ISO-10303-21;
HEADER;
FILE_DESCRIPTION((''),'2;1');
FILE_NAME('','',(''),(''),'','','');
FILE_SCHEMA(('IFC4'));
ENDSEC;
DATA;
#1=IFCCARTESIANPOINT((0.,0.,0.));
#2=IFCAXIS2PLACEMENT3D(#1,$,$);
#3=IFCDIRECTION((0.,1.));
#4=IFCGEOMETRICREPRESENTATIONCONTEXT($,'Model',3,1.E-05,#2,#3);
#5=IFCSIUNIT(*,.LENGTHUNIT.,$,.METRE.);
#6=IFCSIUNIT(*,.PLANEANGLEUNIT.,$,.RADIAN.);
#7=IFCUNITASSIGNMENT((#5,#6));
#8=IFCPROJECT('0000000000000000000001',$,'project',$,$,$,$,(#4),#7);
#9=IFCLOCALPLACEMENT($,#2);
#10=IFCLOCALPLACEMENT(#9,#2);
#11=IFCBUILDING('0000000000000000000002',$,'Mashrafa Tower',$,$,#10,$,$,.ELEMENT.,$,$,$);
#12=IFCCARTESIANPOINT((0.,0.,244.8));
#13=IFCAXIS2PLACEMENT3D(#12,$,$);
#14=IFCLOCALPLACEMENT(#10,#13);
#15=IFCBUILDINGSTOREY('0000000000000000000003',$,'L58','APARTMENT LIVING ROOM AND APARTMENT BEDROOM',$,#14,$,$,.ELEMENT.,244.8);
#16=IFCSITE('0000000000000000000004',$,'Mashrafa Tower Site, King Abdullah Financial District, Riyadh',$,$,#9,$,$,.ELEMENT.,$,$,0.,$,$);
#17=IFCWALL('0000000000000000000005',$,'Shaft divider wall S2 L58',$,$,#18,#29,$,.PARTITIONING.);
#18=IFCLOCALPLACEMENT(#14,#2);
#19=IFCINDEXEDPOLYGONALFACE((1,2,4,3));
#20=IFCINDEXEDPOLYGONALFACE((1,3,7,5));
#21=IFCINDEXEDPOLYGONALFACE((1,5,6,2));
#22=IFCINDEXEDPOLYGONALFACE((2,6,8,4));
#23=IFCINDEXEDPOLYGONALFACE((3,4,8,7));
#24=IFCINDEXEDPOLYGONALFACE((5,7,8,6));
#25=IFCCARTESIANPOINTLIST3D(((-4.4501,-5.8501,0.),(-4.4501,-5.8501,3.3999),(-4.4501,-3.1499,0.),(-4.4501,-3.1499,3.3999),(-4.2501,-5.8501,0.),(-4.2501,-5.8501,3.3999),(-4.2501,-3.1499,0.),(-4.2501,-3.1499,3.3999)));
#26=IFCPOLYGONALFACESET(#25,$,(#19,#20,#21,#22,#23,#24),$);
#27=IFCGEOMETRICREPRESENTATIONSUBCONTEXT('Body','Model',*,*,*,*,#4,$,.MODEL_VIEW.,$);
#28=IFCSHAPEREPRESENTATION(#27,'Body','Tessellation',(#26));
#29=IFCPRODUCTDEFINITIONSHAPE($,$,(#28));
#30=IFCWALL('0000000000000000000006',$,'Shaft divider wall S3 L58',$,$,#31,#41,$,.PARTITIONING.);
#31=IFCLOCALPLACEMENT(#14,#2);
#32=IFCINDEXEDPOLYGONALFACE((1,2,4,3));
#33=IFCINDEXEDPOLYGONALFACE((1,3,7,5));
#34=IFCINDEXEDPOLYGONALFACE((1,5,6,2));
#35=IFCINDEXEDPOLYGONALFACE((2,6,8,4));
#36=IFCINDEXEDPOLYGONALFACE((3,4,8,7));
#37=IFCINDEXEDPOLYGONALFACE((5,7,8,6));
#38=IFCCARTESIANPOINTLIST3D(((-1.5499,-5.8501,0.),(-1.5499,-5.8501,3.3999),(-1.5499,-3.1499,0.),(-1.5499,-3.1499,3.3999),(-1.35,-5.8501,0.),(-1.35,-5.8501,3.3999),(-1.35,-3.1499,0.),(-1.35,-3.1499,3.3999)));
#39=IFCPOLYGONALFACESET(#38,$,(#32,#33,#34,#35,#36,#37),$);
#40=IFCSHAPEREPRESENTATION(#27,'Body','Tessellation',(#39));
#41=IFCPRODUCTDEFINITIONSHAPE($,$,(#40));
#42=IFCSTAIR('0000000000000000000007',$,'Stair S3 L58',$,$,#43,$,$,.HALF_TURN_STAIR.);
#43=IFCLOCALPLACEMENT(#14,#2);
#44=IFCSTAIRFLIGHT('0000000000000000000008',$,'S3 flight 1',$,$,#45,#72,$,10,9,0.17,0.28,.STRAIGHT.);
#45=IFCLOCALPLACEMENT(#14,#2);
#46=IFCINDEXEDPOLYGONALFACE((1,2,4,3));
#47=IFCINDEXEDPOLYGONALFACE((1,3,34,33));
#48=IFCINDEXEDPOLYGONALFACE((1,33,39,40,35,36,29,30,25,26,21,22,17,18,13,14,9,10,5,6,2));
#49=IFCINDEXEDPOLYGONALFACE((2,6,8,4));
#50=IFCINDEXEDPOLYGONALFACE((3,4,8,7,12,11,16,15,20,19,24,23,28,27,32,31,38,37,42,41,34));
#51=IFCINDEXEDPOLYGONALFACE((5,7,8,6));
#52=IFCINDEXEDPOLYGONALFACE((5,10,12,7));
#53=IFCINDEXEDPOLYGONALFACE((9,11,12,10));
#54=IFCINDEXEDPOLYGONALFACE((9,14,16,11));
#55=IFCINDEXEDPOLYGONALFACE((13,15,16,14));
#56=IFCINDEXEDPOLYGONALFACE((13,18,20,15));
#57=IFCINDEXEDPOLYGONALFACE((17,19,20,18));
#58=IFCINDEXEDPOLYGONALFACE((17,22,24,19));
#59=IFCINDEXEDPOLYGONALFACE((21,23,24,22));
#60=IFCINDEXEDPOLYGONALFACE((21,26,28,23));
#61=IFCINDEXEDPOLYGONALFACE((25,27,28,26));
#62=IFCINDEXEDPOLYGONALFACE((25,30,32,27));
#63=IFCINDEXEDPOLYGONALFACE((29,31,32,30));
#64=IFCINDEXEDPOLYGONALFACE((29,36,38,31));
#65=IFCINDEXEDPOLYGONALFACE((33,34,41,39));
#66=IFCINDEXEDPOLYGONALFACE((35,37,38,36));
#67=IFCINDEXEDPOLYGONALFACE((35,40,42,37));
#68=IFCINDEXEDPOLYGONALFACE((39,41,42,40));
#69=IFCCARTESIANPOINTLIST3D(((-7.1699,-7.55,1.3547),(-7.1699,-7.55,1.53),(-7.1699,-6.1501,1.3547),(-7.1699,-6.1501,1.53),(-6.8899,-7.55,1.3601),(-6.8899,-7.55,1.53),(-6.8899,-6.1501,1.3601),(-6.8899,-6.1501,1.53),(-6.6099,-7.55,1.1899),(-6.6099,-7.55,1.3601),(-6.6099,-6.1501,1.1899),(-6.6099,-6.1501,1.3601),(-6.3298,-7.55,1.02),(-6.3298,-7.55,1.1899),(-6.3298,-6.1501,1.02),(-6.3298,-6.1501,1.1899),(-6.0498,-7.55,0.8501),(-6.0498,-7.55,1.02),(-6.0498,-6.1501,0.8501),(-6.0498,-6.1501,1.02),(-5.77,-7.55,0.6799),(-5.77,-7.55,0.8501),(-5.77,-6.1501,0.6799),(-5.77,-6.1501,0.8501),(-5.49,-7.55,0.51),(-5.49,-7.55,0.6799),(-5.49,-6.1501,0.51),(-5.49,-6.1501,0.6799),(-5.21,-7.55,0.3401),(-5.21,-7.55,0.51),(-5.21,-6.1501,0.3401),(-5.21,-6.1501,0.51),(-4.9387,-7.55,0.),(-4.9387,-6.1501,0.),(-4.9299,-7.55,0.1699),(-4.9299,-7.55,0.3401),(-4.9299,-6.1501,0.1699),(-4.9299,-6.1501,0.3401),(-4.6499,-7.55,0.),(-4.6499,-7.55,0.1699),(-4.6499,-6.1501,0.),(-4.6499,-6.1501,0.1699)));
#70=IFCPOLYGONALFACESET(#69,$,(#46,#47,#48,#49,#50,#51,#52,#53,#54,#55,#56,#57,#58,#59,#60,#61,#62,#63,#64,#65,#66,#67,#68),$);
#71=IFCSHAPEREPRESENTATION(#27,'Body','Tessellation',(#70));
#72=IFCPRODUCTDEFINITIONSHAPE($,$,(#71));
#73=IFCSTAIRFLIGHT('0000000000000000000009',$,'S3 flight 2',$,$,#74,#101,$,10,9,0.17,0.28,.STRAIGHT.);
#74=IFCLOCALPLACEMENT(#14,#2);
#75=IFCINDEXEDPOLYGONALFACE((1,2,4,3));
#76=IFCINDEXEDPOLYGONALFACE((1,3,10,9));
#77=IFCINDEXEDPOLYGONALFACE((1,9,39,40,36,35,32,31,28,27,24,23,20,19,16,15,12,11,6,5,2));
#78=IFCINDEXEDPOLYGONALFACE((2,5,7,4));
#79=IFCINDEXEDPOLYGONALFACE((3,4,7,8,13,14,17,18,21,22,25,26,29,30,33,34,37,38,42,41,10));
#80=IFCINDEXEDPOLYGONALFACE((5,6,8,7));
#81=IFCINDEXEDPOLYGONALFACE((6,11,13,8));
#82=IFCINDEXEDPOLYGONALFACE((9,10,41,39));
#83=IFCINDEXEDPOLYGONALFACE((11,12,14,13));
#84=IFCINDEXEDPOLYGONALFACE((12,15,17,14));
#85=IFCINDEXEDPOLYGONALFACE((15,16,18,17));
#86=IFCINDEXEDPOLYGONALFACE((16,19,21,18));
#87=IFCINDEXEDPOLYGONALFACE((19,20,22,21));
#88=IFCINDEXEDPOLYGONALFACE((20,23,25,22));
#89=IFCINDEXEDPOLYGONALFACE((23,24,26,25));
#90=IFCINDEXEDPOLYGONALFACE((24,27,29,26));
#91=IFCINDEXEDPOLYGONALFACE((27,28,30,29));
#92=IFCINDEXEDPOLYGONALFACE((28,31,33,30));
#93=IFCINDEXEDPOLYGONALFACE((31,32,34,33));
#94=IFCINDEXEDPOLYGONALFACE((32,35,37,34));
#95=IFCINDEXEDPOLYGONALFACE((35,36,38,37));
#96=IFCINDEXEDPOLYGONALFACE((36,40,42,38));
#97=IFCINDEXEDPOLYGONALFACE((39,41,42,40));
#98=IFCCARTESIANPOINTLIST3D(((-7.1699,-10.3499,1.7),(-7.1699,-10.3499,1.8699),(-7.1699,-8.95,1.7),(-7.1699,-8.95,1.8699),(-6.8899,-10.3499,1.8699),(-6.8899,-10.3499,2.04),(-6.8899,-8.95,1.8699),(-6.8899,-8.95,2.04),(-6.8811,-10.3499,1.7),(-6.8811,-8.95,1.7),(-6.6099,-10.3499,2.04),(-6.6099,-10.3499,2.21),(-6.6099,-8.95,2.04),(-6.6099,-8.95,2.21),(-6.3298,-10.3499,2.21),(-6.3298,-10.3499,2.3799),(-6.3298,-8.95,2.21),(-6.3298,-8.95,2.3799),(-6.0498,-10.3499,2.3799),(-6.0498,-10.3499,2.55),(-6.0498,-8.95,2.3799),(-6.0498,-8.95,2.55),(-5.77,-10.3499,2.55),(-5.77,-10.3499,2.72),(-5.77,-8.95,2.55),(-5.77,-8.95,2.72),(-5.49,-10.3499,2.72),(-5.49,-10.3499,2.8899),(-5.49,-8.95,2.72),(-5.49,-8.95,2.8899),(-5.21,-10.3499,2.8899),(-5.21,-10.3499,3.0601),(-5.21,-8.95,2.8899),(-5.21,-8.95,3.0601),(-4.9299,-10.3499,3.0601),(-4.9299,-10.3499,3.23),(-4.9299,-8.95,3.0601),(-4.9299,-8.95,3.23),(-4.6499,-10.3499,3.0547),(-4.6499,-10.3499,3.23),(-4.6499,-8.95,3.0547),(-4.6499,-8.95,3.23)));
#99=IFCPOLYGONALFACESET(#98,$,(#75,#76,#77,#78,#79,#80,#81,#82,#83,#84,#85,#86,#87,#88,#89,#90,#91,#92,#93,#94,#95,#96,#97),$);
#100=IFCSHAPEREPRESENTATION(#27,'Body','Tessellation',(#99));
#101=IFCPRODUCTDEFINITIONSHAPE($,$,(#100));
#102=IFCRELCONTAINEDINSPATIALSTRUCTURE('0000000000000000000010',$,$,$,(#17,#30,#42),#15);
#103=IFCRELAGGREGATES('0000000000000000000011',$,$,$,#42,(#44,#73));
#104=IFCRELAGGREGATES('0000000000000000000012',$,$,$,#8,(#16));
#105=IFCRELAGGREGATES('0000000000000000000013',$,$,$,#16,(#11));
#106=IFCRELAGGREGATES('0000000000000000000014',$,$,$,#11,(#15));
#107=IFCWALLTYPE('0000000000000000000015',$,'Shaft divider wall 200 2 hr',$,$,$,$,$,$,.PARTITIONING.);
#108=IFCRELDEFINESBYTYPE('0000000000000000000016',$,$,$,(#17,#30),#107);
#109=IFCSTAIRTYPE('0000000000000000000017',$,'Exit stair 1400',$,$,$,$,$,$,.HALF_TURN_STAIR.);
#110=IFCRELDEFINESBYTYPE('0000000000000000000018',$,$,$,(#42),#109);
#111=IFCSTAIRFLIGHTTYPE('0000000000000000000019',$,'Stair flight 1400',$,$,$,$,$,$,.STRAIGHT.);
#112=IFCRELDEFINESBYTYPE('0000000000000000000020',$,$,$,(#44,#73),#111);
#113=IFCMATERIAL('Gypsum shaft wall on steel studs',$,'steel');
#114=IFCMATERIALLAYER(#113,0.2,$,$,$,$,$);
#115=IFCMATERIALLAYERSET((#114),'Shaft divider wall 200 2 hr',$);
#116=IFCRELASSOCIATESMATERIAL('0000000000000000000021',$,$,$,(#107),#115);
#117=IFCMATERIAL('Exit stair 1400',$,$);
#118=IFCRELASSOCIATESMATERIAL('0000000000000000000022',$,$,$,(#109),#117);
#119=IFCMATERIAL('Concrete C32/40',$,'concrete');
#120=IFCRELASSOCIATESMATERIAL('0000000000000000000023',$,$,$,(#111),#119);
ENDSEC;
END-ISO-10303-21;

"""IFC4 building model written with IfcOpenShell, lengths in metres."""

from ifc_helpers import new_model, si_unit, direction, frame, frame_2d, origin, place, context, subcontext, project, spatial, polyline, rectangle, outline, extrude, material, layer, layer_set, type_object, element, aggregate, save


model = new_model("IFC4")

# Units and contexts
model_context = context("Model", 3, precision=1e-05, world=origin(), true_north=direction((0.0, 1.0)))
body_context = subcontext(model_context, "Body", "Model", "MODEL_VIEW")
ifc_project = project(units=[si_unit("LENGTHUNIT", "METRE"), si_unit("PLANEANGLEUNIT", "RADIAN")], contexts=[model_context])

# Site, building, storey
site_placement = place(None, origin())
site = spatial("IfcSite", under=ifc_project, at=site_placement, Name="Mashrafa Tower Site, King Abdullah Financial District, Riyadh", CompositionType="ELEMENT", RefElevation=0.0)
building_placement = place(site_placement, origin())
building = spatial("IfcBuilding", under=site, at=building_placement, Name="Mashrafa Tower", CompositionType="ELEMENT")
storey_placement = place(building_placement, frame((0.0, 0.0, 244.8)))
storey = spatial("IfcBuildingStorey", under=building, at=storey_placement, Name="L58", Description="APARTMENT LIVING ROOM AND APARTMENT BEDROOM", CompositionType="ELEMENT", Elevation=244.8)

# Walls
ifc_material_1 = material(Name="Gypsum shaft wall on steel studs", Category="steel")
ifc_layer_1 = layer(ifc_material_1, 0.2)
ifc_layer_set_1 = layer_set([ifc_layer_1], Name="Shaft divider wall 200 2 hr")
wall_type_1 = type_object("IfcWallType", Name="Shaft divider wall 200 2 hr", PredefinedType="PARTITIONING", material=ifc_layer_set_1)
for number, where, z_axis, x_axis, name in (
    (1, (-4.3501, -5.8501, 0.0), (0.0, 0.0, 1.0), (0.0, 1.0, 0.0), "Shaft divider wall S2 L58"),
    (2, (-1.45, -5.8501, 0.0), (0.0, 0.0, 1.0), (0.0, 1.0, 0.0), "Shaft divider wall S3 L58"),
):
    element("IfcWall", number, at=place(storey_placement, frame(where, z_axis=z_axis, x_axis=x_axis)), inside=storey, type_object=wall_type_1, Name=name, PredefinedType="PARTITIONING", context=body_context, shape_type="SweptSolid", body=[
        extrude(rectangle(XDim=2.7002, YDim=0.2, at=frame_2d((1.3501, 0.0))), origin(), (0.0, 0.0, 1.0), 3.3999),
    ])

# Stair, stair flights
ifc_material_2 = material(Name="Exit stair 1400")
stair_type = type_object("IfcStairType", Name="Exit stair 1400", PredefinedType="HALF_TURN_STAIR", material=ifc_material_2)
stair_placement = place(storey_placement, origin())
stair = element("IfcStair", 3, at=stair_placement, inside=storey, type_object=stair_type, Name="Stair S3 L58", PredefinedType="HALF_TURN_STAIR")
ifc_material_3 = material(Name="Concrete C32/40", Category="concrete")
stair_flight_type = type_object("IfcStairFlightType", Name="Stair flight 1400", PredefinedType="STRAIGHT", material=ifc_material_3)
stair_flight_1_placement = place(storey_placement, frame((-4.6499, -6.8501, 0.0), z_axis=(0.0, 0.0, 1.0), x_axis=(-1.0, 0.0, 0.0)))
stair_flight_1 = element("IfcStairFlight", 4, at=stair_flight_1_placement, type_object=stair_flight_type, Name="S3 flight 1", NumberOfRisers=10, NumberOfTreads=9, PredefinedType="STRAIGHT", RiserHeight=0.17, TreadLength=0.28, context=body_context, shape_type="SweptSolid", body=[
    extrude(outline(polyline([(0.0, 0.0), (0.0, 0.1699), (0.28, 0.1699), (0.28, 0.3401), (0.5601, 0.3401), (0.5601, 0.51), (0.8401, 0.51), (0.8401, 0.6799), (1.1201, 0.6799), (1.1201, 0.8501), (1.3999, 0.8501), (1.3999, 1.02), (1.6799, 1.02), (1.6799, 1.1899), (1.96, 1.1899), (1.96, 1.3601), (2.24, 1.3601), (2.24, 1.53), (2.52, 1.53), (2.52, 1.7), (2.52, 1.3547), (0.2888, 0.0), (0.0, 0.0)])), frame((0.0, 0.7, 0.0), z_axis=(0.0, -1.0, 0.0), x_axis=(1.0, 0.0, 0.0)), (0.0, 0.0, 1.0), 1.3999),
])
stair_flight_2_placement = place(storey_placement, frame((-7.1699, -9.6499, 1.7), z_axis=(0.0, 0.0, 1.0), x_axis=(1.0, 0.0, 0.0)))
stair_flight_2 = element("IfcStairFlight", 5, at=stair_flight_2_placement, type_object=stair_flight_type, Name="S3 flight 2", NumberOfRisers=10, NumberOfTreads=9, PredefinedType="STRAIGHT", RiserHeight=0.17, TreadLength=0.28, context=body_context, shape_type="SweptSolid", body=[
    extrude(outline(polyline([(0.0, 0.0), (0.0, 0.1699), (0.28, 0.1699), (0.28, 0.3401), (0.5601, 0.3401), (0.5601, 0.51), (0.8401, 0.51), (0.8401, 0.6799), (1.1201, 0.6799), (1.1201, 0.8501), (1.3999, 0.8501), (1.3999, 1.02), (1.6799, 1.02), (1.6799, 1.1899), (1.96, 1.1899), (1.96, 1.3601), (2.24, 1.3601), (2.24, 1.53), (2.52, 1.53), (2.52, 1.7), (2.52, 1.3547), (0.2888, 0.0), (0.0, 0.0)])), frame((0.0, 0.7, 0.0), z_axis=(0.0, -1.0, 0.0), x_axis=(1.0, 0.0, 0.0)), (0.0, 0.0, 1.0), 1.3999),
])
aggregate(stair, [stair_flight_1, stair_flight_2])

save(model, "model.ifc")
